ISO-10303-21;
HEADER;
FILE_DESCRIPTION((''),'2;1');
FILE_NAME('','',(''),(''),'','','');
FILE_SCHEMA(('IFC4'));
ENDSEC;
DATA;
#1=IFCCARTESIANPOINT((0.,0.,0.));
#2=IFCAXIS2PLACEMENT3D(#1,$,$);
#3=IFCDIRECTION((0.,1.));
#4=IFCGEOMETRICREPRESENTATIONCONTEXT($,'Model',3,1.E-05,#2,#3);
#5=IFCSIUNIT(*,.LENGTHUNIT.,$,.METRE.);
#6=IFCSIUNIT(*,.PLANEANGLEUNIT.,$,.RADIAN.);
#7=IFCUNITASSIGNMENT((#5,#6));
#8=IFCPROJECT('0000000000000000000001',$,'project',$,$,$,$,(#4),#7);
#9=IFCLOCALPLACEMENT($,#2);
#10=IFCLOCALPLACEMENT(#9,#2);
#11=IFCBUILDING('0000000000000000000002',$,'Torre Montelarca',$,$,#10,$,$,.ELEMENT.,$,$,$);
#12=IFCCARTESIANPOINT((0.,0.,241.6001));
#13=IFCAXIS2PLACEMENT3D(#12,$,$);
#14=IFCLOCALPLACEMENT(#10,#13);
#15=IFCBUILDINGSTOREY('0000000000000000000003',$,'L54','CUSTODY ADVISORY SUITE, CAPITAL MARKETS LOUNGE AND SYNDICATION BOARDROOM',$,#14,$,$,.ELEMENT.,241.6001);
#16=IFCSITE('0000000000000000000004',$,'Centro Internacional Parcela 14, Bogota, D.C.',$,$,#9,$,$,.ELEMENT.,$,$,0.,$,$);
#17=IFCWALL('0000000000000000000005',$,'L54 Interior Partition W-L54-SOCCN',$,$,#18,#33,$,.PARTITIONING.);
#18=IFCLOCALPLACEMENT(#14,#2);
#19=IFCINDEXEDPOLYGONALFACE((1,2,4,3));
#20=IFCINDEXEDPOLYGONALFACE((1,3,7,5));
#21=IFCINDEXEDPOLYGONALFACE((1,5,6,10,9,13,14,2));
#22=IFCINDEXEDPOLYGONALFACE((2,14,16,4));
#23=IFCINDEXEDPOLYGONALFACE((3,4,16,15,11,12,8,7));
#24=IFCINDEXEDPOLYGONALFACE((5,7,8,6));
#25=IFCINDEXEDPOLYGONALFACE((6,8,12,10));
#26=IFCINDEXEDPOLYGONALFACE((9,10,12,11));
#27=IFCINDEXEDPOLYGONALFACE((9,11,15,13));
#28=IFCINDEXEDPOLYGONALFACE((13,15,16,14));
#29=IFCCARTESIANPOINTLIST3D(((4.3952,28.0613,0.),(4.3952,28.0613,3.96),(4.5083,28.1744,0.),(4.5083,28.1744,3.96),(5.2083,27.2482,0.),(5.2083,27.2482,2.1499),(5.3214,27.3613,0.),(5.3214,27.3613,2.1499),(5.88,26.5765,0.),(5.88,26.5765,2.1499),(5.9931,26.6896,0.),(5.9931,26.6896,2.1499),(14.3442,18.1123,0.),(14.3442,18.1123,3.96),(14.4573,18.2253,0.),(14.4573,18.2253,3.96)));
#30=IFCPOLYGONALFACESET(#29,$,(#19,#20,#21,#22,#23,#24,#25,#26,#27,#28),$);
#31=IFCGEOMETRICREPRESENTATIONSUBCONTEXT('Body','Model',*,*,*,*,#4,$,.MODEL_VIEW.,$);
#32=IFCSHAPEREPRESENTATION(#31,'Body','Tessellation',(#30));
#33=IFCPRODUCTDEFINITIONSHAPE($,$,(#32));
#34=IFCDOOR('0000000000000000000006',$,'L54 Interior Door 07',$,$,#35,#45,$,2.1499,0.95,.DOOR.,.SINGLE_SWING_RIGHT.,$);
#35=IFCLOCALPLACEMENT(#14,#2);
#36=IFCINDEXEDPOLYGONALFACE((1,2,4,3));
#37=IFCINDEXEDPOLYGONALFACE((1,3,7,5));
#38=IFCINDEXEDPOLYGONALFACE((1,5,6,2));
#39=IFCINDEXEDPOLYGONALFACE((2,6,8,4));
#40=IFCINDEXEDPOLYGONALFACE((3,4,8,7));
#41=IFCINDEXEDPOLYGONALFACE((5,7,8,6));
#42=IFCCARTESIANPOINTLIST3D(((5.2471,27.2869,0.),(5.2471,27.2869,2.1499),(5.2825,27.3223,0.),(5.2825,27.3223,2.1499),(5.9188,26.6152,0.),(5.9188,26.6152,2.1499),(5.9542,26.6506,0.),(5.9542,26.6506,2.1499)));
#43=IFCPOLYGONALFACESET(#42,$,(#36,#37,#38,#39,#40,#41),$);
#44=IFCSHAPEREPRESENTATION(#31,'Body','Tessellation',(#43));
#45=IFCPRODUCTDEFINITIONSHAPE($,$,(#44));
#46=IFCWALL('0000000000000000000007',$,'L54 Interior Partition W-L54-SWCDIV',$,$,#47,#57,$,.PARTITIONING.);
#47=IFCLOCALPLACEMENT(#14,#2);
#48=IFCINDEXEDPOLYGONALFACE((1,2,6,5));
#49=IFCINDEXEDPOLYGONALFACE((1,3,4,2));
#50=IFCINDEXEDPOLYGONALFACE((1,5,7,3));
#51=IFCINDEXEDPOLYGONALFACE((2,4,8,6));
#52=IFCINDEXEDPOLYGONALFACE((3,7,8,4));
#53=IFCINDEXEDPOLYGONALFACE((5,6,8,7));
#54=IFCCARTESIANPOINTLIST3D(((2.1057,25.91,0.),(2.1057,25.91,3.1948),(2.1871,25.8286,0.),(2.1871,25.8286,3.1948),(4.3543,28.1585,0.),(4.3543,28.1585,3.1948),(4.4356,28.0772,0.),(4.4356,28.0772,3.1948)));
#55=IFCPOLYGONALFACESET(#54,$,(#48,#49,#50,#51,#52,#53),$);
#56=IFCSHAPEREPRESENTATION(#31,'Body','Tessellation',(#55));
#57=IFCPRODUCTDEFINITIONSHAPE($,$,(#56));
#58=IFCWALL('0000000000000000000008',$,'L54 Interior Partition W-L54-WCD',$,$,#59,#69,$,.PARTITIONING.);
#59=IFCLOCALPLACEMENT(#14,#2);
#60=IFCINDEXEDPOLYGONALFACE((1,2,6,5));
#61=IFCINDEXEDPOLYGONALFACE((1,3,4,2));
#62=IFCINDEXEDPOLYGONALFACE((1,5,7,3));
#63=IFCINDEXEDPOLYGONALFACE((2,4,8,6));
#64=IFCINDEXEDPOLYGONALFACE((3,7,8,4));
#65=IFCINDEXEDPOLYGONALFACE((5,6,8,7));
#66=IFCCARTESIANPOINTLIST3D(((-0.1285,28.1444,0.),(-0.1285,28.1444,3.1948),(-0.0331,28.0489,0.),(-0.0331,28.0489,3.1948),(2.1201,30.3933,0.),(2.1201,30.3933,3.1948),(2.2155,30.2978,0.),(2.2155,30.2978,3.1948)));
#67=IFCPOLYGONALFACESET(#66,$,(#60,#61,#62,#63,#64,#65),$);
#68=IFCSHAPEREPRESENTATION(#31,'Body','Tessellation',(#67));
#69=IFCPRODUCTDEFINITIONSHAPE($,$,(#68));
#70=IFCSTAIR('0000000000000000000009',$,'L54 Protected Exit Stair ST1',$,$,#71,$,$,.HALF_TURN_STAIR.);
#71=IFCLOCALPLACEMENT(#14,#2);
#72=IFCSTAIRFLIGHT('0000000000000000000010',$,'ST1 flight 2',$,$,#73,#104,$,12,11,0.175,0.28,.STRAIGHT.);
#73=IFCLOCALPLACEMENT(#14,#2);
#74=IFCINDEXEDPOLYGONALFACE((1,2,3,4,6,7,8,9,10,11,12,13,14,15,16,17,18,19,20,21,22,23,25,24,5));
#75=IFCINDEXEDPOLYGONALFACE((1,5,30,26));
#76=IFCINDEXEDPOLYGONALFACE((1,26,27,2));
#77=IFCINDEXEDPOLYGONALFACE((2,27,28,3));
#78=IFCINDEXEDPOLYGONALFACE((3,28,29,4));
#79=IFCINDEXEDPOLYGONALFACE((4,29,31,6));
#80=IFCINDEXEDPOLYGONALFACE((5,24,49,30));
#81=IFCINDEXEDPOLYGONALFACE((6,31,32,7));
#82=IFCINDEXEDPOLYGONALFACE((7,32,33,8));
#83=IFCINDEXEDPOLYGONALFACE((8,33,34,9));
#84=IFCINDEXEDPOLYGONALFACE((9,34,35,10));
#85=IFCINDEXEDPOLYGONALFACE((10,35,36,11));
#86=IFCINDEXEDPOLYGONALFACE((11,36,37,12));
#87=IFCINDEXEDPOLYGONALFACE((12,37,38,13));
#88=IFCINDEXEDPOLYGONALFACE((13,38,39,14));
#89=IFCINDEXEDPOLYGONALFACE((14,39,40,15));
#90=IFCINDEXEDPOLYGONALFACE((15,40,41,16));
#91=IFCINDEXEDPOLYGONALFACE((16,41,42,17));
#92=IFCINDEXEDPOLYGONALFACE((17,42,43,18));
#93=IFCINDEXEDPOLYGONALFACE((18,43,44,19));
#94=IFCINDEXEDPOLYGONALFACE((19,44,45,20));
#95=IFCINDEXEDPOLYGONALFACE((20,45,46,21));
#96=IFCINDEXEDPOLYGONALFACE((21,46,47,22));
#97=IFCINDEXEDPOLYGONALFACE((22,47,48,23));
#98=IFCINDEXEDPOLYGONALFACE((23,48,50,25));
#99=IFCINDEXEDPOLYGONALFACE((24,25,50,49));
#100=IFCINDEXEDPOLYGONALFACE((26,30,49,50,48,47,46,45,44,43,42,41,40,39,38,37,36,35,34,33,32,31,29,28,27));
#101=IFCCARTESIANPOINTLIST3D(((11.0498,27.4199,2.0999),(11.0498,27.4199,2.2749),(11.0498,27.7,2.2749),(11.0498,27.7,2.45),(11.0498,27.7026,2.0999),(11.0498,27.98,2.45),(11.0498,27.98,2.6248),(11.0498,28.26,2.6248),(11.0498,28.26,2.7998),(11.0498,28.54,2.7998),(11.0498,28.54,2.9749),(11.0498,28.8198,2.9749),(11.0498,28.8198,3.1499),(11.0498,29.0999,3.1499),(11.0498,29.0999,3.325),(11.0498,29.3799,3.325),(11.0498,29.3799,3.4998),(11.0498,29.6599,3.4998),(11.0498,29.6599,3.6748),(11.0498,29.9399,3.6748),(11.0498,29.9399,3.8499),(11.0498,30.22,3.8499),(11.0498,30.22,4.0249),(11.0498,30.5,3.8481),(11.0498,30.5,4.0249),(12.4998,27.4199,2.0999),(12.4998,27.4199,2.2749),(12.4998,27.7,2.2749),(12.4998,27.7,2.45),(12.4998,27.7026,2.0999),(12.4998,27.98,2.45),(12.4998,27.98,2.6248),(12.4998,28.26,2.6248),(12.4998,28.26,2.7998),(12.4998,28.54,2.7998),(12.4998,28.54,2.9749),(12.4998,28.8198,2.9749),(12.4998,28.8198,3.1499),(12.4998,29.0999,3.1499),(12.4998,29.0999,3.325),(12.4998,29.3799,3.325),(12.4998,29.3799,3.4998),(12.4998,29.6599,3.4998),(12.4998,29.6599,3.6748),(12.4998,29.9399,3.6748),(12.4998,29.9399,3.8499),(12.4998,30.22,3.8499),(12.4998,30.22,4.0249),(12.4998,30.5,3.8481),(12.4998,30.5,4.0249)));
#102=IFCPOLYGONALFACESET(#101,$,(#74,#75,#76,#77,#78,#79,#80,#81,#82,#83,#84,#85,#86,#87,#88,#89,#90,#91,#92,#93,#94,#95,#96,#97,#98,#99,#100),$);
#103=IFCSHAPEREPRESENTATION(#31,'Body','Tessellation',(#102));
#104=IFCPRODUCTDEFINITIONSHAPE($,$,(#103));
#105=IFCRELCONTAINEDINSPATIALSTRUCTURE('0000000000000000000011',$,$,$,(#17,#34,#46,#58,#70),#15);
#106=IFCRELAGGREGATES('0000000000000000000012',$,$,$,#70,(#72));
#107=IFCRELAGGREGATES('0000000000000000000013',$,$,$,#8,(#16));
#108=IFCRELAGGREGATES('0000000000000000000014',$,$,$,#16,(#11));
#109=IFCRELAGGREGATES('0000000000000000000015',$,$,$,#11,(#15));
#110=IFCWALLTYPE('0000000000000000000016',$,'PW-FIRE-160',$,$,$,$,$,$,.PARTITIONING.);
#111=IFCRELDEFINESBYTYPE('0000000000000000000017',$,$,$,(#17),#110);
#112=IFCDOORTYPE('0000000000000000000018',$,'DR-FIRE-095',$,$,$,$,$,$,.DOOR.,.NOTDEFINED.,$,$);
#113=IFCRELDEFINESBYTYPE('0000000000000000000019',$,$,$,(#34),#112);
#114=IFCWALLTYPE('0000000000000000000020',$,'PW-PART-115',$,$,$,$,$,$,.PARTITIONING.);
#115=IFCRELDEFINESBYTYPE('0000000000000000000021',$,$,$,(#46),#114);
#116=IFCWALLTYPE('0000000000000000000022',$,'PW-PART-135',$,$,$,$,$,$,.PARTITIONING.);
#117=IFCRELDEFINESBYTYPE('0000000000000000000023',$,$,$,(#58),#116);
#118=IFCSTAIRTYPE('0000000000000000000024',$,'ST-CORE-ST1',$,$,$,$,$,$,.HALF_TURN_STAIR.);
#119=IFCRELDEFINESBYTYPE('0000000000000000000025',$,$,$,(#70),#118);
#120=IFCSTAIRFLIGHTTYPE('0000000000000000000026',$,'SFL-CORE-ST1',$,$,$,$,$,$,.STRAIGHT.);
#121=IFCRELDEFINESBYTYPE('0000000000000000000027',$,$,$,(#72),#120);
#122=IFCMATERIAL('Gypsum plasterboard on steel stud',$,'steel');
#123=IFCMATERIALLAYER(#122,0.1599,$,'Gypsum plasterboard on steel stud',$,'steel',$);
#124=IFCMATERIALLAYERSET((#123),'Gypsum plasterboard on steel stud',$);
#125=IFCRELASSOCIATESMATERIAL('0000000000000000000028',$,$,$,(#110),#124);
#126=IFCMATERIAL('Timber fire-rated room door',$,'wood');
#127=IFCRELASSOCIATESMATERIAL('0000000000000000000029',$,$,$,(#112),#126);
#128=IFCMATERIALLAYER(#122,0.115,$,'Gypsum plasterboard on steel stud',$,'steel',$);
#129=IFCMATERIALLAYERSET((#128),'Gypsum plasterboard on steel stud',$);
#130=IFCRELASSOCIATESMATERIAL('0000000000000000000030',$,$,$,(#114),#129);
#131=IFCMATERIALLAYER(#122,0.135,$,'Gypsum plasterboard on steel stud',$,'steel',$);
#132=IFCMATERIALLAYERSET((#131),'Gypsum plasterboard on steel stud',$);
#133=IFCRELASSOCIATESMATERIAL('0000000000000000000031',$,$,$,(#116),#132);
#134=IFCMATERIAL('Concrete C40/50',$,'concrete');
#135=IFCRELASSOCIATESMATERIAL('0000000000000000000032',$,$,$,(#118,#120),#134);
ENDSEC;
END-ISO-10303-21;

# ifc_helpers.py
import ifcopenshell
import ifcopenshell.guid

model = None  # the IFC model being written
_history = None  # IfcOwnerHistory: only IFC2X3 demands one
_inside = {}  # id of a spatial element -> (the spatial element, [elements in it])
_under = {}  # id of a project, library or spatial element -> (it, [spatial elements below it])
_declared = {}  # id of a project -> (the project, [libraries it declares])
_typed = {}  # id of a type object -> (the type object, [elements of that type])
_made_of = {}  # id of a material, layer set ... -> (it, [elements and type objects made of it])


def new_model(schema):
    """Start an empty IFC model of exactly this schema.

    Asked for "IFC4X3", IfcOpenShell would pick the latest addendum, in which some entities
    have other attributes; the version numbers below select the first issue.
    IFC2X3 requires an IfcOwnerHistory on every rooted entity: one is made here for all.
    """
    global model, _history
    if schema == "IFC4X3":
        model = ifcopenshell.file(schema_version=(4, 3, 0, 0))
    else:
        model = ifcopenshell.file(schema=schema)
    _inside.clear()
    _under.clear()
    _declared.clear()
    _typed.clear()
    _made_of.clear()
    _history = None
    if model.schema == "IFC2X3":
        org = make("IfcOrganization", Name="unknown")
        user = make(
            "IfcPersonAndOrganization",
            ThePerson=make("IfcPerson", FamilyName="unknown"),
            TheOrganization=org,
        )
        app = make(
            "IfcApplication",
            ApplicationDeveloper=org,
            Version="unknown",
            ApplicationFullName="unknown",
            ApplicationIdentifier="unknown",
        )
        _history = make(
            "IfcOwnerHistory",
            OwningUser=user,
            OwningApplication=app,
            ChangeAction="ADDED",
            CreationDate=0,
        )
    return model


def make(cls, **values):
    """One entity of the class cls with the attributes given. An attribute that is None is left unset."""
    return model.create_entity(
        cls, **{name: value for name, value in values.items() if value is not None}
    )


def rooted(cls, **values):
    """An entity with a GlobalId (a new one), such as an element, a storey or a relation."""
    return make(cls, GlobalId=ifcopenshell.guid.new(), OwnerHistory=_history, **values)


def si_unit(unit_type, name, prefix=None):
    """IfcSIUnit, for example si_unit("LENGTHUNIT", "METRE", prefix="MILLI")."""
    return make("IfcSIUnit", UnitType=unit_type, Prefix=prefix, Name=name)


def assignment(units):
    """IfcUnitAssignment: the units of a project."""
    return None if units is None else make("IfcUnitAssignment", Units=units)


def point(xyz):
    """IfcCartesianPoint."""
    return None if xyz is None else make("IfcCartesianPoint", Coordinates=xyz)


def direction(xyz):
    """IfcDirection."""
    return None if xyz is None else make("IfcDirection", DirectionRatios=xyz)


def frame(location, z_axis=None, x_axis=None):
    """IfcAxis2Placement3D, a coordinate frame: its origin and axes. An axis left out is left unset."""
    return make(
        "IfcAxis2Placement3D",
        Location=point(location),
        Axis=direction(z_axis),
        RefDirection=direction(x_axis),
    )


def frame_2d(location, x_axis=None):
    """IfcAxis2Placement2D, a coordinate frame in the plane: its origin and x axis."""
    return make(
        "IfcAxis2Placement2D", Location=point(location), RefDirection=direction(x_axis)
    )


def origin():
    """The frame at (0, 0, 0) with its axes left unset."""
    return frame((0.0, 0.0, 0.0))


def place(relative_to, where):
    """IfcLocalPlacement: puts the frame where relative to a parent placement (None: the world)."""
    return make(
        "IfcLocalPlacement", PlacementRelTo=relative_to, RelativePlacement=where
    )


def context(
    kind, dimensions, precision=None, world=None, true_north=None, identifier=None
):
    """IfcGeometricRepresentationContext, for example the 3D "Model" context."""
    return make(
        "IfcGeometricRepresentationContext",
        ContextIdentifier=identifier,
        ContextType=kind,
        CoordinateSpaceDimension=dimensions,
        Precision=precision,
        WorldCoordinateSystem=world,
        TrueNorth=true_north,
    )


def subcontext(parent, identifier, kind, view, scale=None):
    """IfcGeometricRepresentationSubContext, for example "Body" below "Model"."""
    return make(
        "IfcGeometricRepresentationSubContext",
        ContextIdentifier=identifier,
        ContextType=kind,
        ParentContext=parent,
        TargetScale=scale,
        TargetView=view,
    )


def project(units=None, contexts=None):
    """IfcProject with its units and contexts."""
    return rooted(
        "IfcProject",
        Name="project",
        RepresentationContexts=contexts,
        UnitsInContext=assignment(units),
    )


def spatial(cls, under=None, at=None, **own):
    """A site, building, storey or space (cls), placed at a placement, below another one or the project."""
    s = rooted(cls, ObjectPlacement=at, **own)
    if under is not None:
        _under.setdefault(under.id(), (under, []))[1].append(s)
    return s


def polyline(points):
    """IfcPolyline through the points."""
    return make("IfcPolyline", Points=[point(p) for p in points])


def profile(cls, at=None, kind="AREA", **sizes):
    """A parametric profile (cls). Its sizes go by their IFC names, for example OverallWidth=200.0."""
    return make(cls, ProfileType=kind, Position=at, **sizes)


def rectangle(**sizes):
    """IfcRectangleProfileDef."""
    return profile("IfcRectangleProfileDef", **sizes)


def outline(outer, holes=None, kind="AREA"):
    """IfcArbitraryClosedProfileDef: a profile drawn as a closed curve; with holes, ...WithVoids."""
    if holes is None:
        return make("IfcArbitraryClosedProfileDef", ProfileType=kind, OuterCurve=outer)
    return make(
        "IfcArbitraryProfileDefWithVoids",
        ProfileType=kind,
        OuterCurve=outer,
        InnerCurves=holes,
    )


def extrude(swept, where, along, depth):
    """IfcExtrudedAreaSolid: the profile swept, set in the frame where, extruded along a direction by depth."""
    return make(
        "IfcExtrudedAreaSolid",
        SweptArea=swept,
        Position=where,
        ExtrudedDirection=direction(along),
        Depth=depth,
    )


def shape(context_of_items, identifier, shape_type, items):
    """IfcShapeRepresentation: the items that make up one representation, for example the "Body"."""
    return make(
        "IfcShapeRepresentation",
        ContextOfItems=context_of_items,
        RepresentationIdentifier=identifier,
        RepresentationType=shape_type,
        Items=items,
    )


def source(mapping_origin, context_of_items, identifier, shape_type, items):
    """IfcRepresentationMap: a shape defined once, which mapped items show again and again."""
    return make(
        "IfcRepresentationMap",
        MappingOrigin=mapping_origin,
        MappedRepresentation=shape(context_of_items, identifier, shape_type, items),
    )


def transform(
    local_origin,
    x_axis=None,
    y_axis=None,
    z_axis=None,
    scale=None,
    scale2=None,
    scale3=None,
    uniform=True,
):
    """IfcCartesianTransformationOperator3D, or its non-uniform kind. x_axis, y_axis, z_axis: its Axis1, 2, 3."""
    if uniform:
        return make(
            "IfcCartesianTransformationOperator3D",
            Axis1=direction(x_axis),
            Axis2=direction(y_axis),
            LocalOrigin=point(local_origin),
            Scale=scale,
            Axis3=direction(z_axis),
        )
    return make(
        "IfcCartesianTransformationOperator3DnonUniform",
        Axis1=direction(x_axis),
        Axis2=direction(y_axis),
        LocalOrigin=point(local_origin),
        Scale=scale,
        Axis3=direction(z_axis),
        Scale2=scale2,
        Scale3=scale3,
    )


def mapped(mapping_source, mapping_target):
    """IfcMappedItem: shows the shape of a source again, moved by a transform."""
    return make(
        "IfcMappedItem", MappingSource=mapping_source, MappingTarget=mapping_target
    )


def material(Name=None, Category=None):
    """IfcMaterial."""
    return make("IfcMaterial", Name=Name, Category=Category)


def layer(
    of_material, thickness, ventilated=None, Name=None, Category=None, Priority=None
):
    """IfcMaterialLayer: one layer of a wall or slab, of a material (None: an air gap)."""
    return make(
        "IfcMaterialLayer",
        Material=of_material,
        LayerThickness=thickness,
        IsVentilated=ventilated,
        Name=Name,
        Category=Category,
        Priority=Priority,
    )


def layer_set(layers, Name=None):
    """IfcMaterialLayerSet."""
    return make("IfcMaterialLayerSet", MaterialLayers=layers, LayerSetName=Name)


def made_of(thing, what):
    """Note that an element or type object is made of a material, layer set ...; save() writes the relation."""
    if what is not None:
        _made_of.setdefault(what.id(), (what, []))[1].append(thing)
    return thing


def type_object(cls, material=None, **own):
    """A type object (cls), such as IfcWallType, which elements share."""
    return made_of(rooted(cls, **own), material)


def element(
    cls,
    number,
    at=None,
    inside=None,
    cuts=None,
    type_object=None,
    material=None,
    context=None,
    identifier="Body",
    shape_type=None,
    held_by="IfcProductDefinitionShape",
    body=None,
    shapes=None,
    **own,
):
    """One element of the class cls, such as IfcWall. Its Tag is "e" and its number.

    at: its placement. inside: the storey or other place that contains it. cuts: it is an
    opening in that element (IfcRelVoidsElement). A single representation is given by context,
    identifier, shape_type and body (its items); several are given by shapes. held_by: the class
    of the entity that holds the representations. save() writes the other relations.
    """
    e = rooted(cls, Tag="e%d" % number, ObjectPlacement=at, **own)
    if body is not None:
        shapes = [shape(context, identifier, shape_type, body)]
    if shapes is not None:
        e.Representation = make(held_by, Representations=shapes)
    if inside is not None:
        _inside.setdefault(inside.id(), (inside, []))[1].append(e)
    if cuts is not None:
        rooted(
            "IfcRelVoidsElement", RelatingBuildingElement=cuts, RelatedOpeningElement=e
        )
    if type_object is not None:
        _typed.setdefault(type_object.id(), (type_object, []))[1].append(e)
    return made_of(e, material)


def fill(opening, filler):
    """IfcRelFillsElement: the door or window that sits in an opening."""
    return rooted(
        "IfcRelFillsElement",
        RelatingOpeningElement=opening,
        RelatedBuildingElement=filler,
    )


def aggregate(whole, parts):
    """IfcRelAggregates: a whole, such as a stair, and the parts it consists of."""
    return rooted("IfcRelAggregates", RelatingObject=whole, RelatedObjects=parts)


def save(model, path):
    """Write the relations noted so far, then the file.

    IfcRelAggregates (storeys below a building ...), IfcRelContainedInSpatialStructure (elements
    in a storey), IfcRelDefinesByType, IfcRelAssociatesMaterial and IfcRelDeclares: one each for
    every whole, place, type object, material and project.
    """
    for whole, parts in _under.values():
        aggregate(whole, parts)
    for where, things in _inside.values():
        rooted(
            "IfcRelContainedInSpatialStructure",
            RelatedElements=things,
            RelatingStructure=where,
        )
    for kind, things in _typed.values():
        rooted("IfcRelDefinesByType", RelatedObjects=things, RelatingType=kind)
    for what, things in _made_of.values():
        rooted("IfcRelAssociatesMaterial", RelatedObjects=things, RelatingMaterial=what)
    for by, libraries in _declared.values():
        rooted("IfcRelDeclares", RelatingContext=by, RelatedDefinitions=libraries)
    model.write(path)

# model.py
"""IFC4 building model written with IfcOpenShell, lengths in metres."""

from ifc_helpers import new_model, si_unit, direction, frame, frame_2d, origin, place, context, subcontext, project, spatial, polyline, rectangle, outline, extrude, source, transform, mapped, material, layer, layer_set, type_object, element, fill, aggregate, save


model = new_model("IFC4")

# Units and contexts
model_context = context("Model", 3, precision=1e-05, world=origin(), true_north=direction((0.0, 1.0)))
body_context = subcontext(model_context, "Body", "Model", "MODEL_VIEW")
ifc_project = project(units=[si_unit("LENGTHUNIT", "METRE"), si_unit("PLANEANGLEUNIT", "RADIAN")], contexts=[model_context])

# Site, building, storey
site_placement = place(None, origin())
site = spatial("IfcSite", under=ifc_project, at=site_placement, Name="Centro Internacional Parcela 14, Bogota, D.C.", CompositionType="ELEMENT", RefElevation=0.0)
building_placement = place(site_placement, origin())
building = spatial("IfcBuilding", under=site, at=building_placement, Name="Torre Montelarca", CompositionType="ELEMENT")
storey_placement = place(building_placement, frame((0.0, 0.0, 241.6001)))
storey = spatial("IfcBuildingStorey", under=building, at=storey_placement, Name="L54", Description="CUSTODY ADVISORY SUITE, CAPITAL MARKETS LOUNGE AND SYNDICATION BOARDROOM", CompositionType="ELEMENT", Elevation=241.6001)

# Shared definitions
ifc_material_1 = material(Name="Concrete C40/50", Category="concrete")

# Shared definitions
ifc_material_2 = material(Name="Gypsum plasterboard on steel stud", Category="steel")
ifc_layer_1 = layer(ifc_material_2, 0.1599, Name="Gypsum plasterboard on steel stud", Category="steel")
ifc_layer_set_1 = layer_set([ifc_layer_1], Name="Gypsum plasterboard on steel stud")
wall_type_1 = type_object("IfcWallType", Name="PW-FIRE-160", PredefinedType="PARTITIONING", material=ifc_layer_set_1)

# Wall, opening, door
wall_1_placement = place(storey_placement, frame((4.4517, 28.1179, 0.0), z_axis=(0.0, 0.0, 1.0), x_axis=(0.707107, -0.707107, 0.0)))
wall_1 = element("IfcWall", 1, at=wall_1_placement, inside=storey, type_object=wall_type_1, Name="L54 Interior Partition W-L54-SOCCN", PredefinedType="PARTITIONING", context=body_context, shape_type="SweptSolid", body=[
    extrude(rectangle(XDim=14.0701, YDim=0.1599, at=frame_2d((7.0352, 0.0))), origin(), (0.0, 0.0, 1.0), 3.96),
])
opening_1_placement = place(wall_1_placement, frame((1.1499, 0.0, 0.0)))
opening_1 = element("IfcOpeningElement", 2, at=opening_1_placement, cuts=wall_1, PredefinedType="OPENING", context=body_context, shape_type="SweptSolid", body=[
    extrude(rectangle(XDim=0.95, YDim=2.1499, at=frame_2d((0.4751, 1.075))), frame((0.0, 0.0898, 0.0), z_axis=(0.0, -1.0, 0.0), x_axis=(1.0, 0.0, 0.0)), (0.0, 0.0, 1.0), 0.1799),
])
ifc_material_3 = material(Name="Timber fire-rated room door", Category="wood")
door_type_1 = type_object("IfcDoorType", Name="DR-FIRE-095", OperationType="NOTDEFINED", PredefinedType="DOOR", material=ifc_material_3)
shared_shape_1 = source(origin(), body_context, "Body", "SweptSolid", [
    extrude(rectangle(XDim=0.95, YDim=2.1499, at=frame_2d((0.4751, 1.075))), frame((0.0, 0.0249, 0.0), z_axis=(0.0, -1.0, 0.0), x_axis=(1.0, 0.0, 0.0)), (0.0, 0.0, 1.0), 0.05),
])
door_1_placement = place(opening_1_placement, origin())
door_1 = element("IfcDoor", 3, at=door_1_placement, inside=storey, type_object=door_type_1, Name="L54 Interior Door 07", OperationType="SINGLE_SWING_RIGHT", OverallHeight=2.1499, OverallWidth=0.95, PredefinedType="DOOR", context=body_context, shape_type="MappedRepresentation", body=[
    mapped(shared_shape_1, transform((0.0, 0.0, 0.0), scale=1.0)),
])
fill(opening_1, door_1)

# Walls
ifc_layer_2 = layer(ifc_material_2, 0.115, Name="Gypsum plasterboard on steel stud", Category="steel")
ifc_layer_set_2 = layer_set([ifc_layer_2], Name="Gypsum plasterboard on steel stud")
wall_type_2 = type_object("IfcWallType", Name="PW-PART-115", PredefinedType="PARTITIONING", material=ifc_layer_set_2)
wall_2_placement = place(storey_placement, frame((2.1465, 25.8694, 0.0), z_axis=(0.0, 0.0, 1.0), x_axis=(0.707107, 0.707107, 0.0)))
element("IfcWall", 4, at=wall_2_placement, inside=storey, type_object=wall_type_2, Name="L54 Interior Partition W-L54-SWCDIV", PredefinedType="PARTITIONING", context=body_context, shape_type="SweptSolid", body=[
    extrude(rectangle(XDim=3.1799, YDim=0.115, at=frame_2d((1.5898, 0.0))), origin(), (0.0, 0.0, 1.0), 3.1948),
])
ifc_layer_3 = layer(ifc_material_2, 0.135, Name="Gypsum plasterboard on steel stud", Category="steel")
ifc_layer_set_3 = layer_set([ifc_layer_3], Name="Gypsum plasterboard on steel stud")
wall_type_3 = type_object("IfcWallType", Name="PW-PART-135", PredefinedType="PARTITIONING", material=ifc_layer_set_3)
wall_3_placement = place(storey_placement, frame((-0.0808, 28.0967, 0.0), z_axis=(0.0, 0.0, 1.0), x_axis=(0.707068, 0.707145, 0.0)))
element("IfcWall", 5, at=wall_3_placement, inside=storey, type_object=wall_type_3, Name="L54 Interior Partition W-L54-WCD", PredefinedType="PARTITIONING", context=body_context, shape_type="SweptSolid", body=[
    extrude(rectangle(XDim=3.1802, YDim=0.135, at=frame_2d((1.5901, 0.0))), origin(), (0.0, 0.0, 1.0), 3.1948),
])

# Stair, stair flight
stair_type = type_object("IfcStairType", Name="ST-CORE-ST1", PredefinedType="HALF_TURN_STAIR", material=ifc_material_1)
stair_placement = place(storey_placement, origin())
stair = element("IfcStair", 6, at=stair_placement, inside=storey, type_object=stair_type, Name="L54 Protected Exit Stair ST1", PredefinedType="HALF_TURN_STAIR")
stair_flight_type = type_object("IfcStairFlightType", Name="SFL-CORE-ST1", PredefinedType="STRAIGHT", material=ifc_material_1)
stair_flight_placement = place(storey_placement, frame((11.7749, 27.4199, 2.0999), z_axis=(0.0, 0.0, 1.0), x_axis=(0.0, 1.0, 0.0)))
stair_flight = element("IfcStairFlight", 7, at=stair_flight_placement, type_object=stair_flight_type, Name="ST1 flight 2", NumberOfRisers=12, NumberOfTreads=11, PredefinedType="STRAIGHT", RiserHeight=0.175, TreadLength=0.28, context=body_context, shape_type="SweptSolid", body=[
    extrude(outline(polyline([(0.0, 0.0), (0.0, 0.175), (0.28, 0.175), (0.28, 0.3501), (0.5601, 0.3501), (0.5601, 0.5249), (0.8401, 0.5249), (0.8401, 0.7), (1.1201, 0.7), (1.1201, 0.875), (1.3999, 0.875), (1.3999, 1.05), (1.6799, 1.05), (1.6799, 1.2251), (1.96, 1.2251), (1.96, 1.3999), (2.24, 1.3999), (2.24, 1.575), (2.52, 1.575), (2.52, 1.75), (2.8, 1.75), (2.8, 1.925), (3.0801, 1.925), (3.0801, 2.1001), (3.0801, 1.7483), (0.2827, 0.0), (0.0, 0.0)])), frame((0.0, 0.7251, 0.0), z_axis=(0.0, -1.0, 0.0), x_axis=(1.0, 0.0, 0.0)), (0.0, 0.0, 1.0), 1.45),
])
aggregate(stair, [stair_flight])

save(model, "model.ifc")
